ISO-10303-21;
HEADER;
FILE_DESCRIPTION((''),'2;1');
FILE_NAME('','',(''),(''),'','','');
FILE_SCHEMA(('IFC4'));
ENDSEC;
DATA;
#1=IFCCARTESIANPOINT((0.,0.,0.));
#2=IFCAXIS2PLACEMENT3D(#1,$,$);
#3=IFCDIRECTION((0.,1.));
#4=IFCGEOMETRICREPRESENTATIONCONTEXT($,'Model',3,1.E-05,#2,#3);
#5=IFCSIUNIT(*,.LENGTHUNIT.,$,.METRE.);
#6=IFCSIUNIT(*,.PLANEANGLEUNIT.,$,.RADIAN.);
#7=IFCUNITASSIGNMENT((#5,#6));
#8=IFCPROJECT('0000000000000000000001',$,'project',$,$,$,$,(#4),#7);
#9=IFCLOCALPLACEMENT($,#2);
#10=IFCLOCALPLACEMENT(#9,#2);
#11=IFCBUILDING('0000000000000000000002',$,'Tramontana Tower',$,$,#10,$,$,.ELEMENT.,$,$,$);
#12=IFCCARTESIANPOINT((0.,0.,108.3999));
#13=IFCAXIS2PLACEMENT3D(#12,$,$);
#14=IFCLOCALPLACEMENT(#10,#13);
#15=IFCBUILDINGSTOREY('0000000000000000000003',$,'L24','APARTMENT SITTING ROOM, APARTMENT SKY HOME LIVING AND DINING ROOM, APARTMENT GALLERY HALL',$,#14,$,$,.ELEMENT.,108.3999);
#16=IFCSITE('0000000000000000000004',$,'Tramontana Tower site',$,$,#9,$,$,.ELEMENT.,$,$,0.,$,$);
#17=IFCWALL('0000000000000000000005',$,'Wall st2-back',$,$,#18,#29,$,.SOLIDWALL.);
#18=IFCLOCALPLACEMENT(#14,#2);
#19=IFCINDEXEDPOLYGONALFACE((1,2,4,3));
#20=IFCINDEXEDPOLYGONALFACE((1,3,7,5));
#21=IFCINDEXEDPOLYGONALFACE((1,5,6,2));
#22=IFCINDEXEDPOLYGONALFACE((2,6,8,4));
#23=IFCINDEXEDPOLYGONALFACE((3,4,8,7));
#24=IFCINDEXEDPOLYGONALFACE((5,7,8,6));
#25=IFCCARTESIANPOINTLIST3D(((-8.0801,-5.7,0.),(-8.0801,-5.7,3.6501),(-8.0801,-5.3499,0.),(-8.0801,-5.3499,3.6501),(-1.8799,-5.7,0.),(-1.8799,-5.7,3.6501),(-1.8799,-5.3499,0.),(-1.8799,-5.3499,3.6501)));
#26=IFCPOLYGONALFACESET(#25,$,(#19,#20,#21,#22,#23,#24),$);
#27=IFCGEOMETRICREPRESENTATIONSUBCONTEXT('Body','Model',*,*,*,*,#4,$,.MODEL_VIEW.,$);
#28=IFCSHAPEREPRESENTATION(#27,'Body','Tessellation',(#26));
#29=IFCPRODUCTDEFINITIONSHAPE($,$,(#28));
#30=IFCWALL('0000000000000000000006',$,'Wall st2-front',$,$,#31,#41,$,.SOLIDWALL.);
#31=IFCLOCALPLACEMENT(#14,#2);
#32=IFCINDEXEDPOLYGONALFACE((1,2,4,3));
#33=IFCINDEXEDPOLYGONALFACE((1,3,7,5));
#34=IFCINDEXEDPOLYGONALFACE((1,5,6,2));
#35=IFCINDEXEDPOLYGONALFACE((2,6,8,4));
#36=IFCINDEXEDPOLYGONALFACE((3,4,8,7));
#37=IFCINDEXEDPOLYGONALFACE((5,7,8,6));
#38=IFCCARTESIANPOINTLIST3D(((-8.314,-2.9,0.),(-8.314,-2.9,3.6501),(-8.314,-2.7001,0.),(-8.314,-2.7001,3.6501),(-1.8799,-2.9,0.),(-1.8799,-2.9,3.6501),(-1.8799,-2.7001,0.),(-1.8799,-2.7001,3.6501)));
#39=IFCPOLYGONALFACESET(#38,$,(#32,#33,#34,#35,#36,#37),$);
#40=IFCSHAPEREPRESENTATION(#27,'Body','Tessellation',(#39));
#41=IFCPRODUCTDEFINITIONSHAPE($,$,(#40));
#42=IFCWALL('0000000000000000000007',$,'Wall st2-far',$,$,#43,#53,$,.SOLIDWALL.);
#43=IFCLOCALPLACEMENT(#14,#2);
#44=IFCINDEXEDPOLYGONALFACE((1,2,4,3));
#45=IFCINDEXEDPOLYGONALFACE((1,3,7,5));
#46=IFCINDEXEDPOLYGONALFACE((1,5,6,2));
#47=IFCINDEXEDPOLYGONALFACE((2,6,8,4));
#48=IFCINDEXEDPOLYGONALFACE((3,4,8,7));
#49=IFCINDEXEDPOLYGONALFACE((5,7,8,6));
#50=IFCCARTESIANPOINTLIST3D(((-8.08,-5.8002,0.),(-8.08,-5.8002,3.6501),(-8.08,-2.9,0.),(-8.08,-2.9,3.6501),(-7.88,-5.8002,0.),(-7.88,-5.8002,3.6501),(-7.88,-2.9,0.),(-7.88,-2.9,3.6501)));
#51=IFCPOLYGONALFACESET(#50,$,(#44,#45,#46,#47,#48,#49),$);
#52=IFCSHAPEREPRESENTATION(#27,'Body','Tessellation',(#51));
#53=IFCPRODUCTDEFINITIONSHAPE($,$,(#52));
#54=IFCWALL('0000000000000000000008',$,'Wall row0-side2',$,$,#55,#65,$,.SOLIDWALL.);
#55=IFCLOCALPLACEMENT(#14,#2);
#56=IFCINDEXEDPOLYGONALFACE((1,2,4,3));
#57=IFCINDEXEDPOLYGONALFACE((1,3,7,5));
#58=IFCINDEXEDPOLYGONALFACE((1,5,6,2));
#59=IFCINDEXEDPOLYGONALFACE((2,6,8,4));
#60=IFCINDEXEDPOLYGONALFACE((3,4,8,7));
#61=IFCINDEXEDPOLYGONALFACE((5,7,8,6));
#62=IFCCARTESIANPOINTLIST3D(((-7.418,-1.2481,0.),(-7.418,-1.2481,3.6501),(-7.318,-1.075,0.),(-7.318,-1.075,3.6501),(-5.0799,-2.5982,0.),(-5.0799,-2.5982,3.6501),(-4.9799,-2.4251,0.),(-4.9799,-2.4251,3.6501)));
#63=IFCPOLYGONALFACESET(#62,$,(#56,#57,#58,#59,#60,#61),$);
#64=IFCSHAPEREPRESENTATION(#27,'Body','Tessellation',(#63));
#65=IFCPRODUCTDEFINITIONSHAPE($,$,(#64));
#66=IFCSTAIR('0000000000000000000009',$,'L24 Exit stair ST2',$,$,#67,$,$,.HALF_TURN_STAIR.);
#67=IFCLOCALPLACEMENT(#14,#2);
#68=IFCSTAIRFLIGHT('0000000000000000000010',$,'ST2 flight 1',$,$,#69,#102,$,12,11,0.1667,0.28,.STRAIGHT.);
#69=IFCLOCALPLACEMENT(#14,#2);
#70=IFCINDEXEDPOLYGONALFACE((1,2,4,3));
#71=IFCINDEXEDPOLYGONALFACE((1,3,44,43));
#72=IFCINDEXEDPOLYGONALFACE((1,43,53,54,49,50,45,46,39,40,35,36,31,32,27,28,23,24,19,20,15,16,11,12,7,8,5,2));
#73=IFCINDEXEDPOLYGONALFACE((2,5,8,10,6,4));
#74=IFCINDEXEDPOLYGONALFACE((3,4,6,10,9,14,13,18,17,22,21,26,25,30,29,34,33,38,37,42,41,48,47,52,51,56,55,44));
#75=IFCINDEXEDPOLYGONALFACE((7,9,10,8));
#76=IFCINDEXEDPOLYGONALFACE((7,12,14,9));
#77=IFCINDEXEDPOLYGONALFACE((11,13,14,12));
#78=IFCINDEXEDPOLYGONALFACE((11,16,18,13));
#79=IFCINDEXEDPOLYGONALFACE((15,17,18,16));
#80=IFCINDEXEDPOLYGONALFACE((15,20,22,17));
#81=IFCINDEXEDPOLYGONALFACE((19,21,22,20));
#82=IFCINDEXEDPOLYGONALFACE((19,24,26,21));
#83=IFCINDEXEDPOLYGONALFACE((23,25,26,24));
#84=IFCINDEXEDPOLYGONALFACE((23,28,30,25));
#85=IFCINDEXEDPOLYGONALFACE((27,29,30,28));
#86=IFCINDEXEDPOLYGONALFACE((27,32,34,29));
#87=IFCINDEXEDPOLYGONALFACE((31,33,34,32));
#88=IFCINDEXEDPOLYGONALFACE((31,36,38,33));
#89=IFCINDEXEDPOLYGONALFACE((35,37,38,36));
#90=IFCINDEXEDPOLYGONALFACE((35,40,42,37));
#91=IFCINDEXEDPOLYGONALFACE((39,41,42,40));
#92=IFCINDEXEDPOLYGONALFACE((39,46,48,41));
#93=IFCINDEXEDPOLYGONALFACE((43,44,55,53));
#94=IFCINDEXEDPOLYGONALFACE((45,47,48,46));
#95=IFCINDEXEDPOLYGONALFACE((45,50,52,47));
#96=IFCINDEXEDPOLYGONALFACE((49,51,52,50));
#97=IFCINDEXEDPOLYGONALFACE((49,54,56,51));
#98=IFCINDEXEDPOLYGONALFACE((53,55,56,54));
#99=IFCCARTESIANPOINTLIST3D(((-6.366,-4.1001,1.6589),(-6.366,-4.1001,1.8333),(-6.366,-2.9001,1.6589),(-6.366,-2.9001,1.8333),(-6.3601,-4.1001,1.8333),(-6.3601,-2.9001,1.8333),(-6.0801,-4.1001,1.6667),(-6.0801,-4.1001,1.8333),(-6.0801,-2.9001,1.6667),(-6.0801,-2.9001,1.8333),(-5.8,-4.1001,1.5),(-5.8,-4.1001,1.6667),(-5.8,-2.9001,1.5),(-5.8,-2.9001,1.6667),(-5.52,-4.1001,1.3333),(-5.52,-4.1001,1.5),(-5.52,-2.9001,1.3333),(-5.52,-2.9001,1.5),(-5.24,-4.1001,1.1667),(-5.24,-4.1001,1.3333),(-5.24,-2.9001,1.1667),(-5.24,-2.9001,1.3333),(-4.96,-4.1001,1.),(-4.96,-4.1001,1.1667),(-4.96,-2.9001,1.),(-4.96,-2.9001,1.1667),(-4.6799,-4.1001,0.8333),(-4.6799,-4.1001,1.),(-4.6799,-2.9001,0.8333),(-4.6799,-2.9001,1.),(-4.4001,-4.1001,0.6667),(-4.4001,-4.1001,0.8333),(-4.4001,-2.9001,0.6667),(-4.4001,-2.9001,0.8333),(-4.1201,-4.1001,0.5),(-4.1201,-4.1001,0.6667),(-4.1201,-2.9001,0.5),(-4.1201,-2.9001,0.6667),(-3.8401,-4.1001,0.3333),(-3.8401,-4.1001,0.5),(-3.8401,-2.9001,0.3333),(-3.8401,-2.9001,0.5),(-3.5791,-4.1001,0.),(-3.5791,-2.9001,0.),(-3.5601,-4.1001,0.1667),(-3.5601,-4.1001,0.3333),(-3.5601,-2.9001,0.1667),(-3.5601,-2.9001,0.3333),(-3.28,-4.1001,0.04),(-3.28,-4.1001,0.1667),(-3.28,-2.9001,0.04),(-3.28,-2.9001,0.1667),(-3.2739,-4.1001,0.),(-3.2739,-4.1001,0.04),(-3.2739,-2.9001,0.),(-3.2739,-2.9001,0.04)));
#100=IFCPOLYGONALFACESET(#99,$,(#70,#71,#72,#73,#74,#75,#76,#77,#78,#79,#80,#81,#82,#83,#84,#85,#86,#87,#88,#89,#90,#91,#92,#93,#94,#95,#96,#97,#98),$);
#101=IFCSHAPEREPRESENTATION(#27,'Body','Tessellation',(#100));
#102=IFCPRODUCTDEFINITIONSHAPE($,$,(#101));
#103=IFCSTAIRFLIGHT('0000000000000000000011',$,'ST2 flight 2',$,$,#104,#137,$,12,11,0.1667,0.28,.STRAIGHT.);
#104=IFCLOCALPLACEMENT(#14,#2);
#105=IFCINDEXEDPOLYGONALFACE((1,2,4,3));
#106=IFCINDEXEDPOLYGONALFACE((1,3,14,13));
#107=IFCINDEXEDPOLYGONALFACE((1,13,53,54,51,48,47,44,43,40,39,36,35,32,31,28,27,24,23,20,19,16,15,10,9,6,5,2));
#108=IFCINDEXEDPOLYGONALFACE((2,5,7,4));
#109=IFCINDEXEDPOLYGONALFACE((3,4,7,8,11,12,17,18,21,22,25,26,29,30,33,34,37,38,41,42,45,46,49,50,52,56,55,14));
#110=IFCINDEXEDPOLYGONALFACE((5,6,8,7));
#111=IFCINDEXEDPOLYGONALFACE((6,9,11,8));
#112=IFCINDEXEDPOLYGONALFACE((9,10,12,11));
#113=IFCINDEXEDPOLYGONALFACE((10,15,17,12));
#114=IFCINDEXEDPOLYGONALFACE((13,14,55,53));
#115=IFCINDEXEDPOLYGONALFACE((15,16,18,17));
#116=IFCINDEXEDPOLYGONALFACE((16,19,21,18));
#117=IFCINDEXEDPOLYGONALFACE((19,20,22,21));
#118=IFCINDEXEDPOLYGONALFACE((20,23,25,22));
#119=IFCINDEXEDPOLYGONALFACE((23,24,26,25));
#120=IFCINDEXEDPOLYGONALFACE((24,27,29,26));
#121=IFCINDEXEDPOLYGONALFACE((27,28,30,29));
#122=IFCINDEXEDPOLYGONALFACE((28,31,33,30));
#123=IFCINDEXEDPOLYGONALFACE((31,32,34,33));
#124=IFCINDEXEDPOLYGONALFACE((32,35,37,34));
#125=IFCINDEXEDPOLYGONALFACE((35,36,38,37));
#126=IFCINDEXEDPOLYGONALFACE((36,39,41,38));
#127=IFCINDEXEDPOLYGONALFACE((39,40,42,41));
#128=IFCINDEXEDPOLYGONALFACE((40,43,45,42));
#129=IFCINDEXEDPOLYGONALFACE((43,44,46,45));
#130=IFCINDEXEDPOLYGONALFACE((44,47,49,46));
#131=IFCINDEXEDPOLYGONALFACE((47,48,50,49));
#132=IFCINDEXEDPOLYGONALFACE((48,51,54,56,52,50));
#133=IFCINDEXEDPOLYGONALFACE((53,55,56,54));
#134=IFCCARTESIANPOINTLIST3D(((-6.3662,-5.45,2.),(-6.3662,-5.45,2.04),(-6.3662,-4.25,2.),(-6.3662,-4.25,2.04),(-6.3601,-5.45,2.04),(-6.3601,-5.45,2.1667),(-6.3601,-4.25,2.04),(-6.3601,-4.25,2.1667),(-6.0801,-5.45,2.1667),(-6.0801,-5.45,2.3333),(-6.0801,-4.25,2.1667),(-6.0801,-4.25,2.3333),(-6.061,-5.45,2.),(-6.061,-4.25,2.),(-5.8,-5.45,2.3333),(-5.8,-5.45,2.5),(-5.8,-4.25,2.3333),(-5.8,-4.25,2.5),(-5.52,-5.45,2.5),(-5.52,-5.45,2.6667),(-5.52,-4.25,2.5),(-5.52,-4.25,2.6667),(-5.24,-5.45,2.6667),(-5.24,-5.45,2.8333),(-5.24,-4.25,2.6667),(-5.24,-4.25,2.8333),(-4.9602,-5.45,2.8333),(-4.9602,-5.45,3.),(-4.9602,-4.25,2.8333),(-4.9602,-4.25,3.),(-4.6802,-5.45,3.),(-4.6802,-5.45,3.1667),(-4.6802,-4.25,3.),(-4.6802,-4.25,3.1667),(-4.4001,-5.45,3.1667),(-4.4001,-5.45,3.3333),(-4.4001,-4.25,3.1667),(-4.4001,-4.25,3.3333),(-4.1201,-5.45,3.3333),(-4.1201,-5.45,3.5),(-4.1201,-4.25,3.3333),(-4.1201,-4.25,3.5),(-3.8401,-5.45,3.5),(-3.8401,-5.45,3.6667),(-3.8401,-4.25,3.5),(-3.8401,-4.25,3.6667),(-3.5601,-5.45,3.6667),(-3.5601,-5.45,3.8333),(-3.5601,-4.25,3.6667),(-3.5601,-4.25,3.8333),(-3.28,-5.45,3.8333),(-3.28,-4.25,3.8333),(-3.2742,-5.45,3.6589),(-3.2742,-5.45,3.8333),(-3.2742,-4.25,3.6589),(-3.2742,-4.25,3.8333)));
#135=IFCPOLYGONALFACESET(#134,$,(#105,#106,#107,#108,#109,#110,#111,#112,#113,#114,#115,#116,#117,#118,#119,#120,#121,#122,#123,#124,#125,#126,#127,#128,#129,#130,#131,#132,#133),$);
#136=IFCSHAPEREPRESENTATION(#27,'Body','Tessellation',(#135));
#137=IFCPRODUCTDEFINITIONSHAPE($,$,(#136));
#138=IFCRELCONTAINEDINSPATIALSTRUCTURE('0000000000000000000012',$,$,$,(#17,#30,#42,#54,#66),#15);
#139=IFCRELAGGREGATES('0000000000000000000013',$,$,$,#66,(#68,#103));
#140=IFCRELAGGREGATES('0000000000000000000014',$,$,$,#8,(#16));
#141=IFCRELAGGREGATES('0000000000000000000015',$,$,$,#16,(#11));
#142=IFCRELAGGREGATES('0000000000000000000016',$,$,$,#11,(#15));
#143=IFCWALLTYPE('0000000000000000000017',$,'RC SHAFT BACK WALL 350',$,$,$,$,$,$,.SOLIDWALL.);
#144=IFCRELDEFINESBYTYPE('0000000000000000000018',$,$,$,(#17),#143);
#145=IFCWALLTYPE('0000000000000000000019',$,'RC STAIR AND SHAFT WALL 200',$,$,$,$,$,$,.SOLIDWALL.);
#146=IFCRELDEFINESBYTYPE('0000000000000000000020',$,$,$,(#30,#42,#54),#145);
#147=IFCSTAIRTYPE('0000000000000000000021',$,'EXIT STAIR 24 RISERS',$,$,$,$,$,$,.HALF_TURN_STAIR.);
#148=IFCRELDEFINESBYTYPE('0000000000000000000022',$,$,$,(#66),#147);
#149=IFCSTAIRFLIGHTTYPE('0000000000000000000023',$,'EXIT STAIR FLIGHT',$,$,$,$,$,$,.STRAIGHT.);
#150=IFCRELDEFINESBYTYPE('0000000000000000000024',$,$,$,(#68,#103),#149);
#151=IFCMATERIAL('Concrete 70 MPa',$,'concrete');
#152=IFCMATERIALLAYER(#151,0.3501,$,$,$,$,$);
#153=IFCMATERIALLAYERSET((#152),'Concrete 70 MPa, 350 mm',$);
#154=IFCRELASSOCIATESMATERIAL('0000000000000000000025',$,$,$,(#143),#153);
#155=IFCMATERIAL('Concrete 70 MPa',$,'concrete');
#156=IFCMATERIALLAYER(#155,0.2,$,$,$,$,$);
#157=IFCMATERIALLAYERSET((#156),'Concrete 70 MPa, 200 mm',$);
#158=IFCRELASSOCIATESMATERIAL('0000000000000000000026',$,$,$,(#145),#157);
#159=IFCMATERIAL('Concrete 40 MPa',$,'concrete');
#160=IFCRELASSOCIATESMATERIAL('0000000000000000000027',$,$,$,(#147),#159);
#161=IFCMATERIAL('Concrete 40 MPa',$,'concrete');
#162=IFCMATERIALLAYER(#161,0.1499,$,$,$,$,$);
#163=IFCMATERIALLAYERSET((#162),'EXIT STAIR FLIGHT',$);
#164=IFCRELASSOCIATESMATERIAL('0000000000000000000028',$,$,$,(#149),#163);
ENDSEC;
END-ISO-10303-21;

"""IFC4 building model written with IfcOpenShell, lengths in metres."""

from ifc_helpers import new_model, si_unit, direction, frame, frame_2d, origin, place, context, subcontext, project, spatial, polyline, rectangle, outline, extrude, material, layer, layer_set, type_object, element, aggregate, save


model = new_model("IFC4")

# Units and contexts
model_context = context("Model", 3, precision=1e-05, world=origin(), true_north=direction((0.0, 1.0)))
body_context = subcontext(model_context, "Body", "Model", "MODEL_VIEW")
ifc_project = project(units=[si_unit("LENGTHUNIT", "METRE"), si_unit("PLANEANGLEUNIT", "RADIAN")], contexts=[model_context])

# Site, building, storey
site_placement = place(None, origin())
site = spatial("IfcSite", under=ifc_project, at=site_placement, Name="Tramontana Tower site", CompositionType="ELEMENT", RefElevation=0.0)
building_placement = place(site_placement, origin())
building = spatial("IfcBuilding", under=site, at=building_placement, Name="Tramontana Tower", CompositionType="ELEMENT")
storey_placement = place(building_placement, frame((0.0, 0.0, 108.3999)))
storey = spatial("IfcBuildingStorey", under=building, at=storey_placement, Name="L24", Description="APARTMENT SITTING ROOM, APARTMENT SKY HOME LIVING AND DINING ROOM, APARTMENT GALLERY HALL", CompositionType="ELEMENT", Elevation=108.3999)

# Walls
ifc_material_1 = material(Name="Concrete 70 MPa", Category="concrete")
ifc_layer_1 = layer(ifc_material_1, 0.3501)
ifc_layer_set_1 = layer_set([ifc_layer_1], Name="Concrete 70 MPa, 350 mm")
wall_type_1 = type_object("IfcWallType", Name="RC SHAFT BACK WALL 350", PredefinedType="SOLIDWALL", material=ifc_layer_set_1)
wall_1_placement = place(storey_placement, frame((-8.0801, -5.5249, 0.0), z_axis=(0.0, 0.0, 1.0), x_axis=(1.0, 0.0, 0.0)))
element("IfcWall", 1, at=wall_1_placement, inside=storey, type_object=wall_type_1, Name="Wall st2-back", PredefinedType="SOLIDWALL", context=body_context, shape_type="SweptSolid", body=[
    extrude(rectangle(XDim=6.2002, YDim=0.3501, at=frame_2d((3.1001, 0.0))), origin(), (0.0, 0.0, 1.0), 3.6501),
])
ifc_material_2 = material(Name="Concrete 70 MPa", Category="concrete")
ifc_layer_2 = layer(ifc_material_2, 0.2)
ifc_layer_set_2 = layer_set([ifc_layer_2], Name="Concrete 70 MPa, 200 mm")
wall_type_2 = type_object("IfcWallType", Name="RC STAIR AND SHAFT WALL 200", PredefinedType="SOLIDWALL", material=ifc_layer_set_2)
wall_2_placement = place(storey_placement, frame((-8.314, -2.8, 0.0), z_axis=(0.0, 0.0, 1.0), x_axis=(1.0, 0.0, 0.0)))
element("IfcWall", 2, at=wall_2_placement, inside=storey, type_object=wall_type_2, Name="Wall st2-front", PredefinedType="SOLIDWALL", context=body_context, shape_type="SweptSolid", body=[
    extrude(rectangle(XDim=6.4341, YDim=0.2, at=frame_2d((3.217, 0.0))), origin(), (0.0, 0.0, 1.0), 3.6501),
])
wall_3_placement = place(storey_placement, frame((-7.98, -2.8999, 0.0), z_axis=(0.0, 0.0, 1.0), x_axis=(0.0, -1.0, 0.0)))
element("IfcWall", 3, at=wall_3_placement, inside=storey, type_object=wall_type_2, Name="Wall st2-far", PredefinedType="SOLIDWALL", context=body_context, shape_type="SweptSolid", body=[
    extrude(rectangle(XDim=2.9001, YDim=0.2, at=frame_2d((1.4502, 0.0))), origin(), (0.0, 0.0, 1.0), 3.6501),
])

# Wall
wall_4_placement = place(storey_placement, frame((-5.0298, -2.5117, 0.0), z_axis=(0.0, 0.0, 1.0), x_axis=(-0.865997, 0.500049, 0.0)))
element("IfcWall", 4, at=wall_4_placement, inside=storey, type_object=wall_type_2, Name="Wall row0-side2", PredefinedType="SOLIDWALL", context=body_context, shape_type="SweptSolid", body=[
    extrude(rectangle(XDim=2.7, YDim=0.2, at=frame_2d((1.3501, 0.0))), origin(), (0.0, 0.0, 1.0), 3.6501),
])

# Stair, stair flights
ifc_material_3 = material(Name="Concrete 40 MPa", Category="concrete")
stair_type = type_object("IfcStairType", Name="EXIT STAIR 24 RISERS", PredefinedType="HALF_TURN_STAIR", material=ifc_material_3)
stair_placement = place(storey_placement, origin())
stair = element("IfcStair", 5, at=stair_placement, inside=storey, type_object=stair_type, Name="L24 Exit stair ST2", PredefinedType="HALF_TURN_STAIR")
ifc_material_4 = material(Name="Concrete 40 MPa", Category="concrete")
ifc_layer_3 = layer(ifc_material_4, 0.1499)
ifc_layer_set_3 = layer_set([ifc_layer_3], Name="EXIT STAIR FLIGHT")
stair_flight_type = type_object("IfcStairFlightType", Name="EXIT STAIR FLIGHT", PredefinedType="STRAIGHT", material=ifc_layer_set_3)
stair_flight_1_placement = place(storey_placement, frame((-3.28, -3.5, 0.0), z_axis=(0.0, 0.0, 1.0), x_axis=(-1.0, 0.0, 0.0)))
stair_flight_1 = element("IfcStairFlight", 6, at=stair_flight_1_placement, type_object=stair_flight_type, Name="ST2 flight 1", NumberOfRisers=12, NumberOfTreads=11, PredefinedType="STRAIGHT", RiserHeight=0.1667, TreadLength=0.28, context=body_context, shape_type="SweptSolid", body=[
    extrude(outline(polyline([(-0.0061, 0.0), (-0.0061, 0.04), (0.0, 0.04), (0.0, 0.1667), (0.28, 0.1667), (0.28, 0.3333), (0.5601, 0.3333), (0.5601, 0.5), (0.8401, 0.5), (0.8401, 0.6667), (1.1201, 0.6667), (1.1201, 0.8333), (1.3999, 0.8333), (1.3999, 1.0), (1.6799, 1.0), (1.6799, 1.1667), (1.96, 1.1667), (1.96, 1.3333), (2.24, 1.3333), (2.24, 1.5), (2.52, 1.5), (2.52, 1.6667), (2.8, 1.6667), (2.8, 1.8333), (3.0801, 1.8333), (3.0859, 1.8333), (3.0859, 1.6589), (0.2991, 0.0), (-0.0061, 0.0)])), frame((0.0, 0.6001, 0.0), z_axis=(0.0, -1.0, 0.0), x_axis=(1.0, 0.0, 0.0)), (0.0, 0.0, 1.0), 1.2),
])
stair_flight_2_placement = place(storey_placement, frame((-6.3601, -4.8501, 2.0), z_axis=(0.0, 0.0, 1.0), x_axis=(1.0, 0.0, 0.0)))
stair_flight_2 = element("IfcStairFlight", 7, at=stair_flight_2_placement, type_object=stair_flight_type, Name="ST2 flight 2", NumberOfRisers=12, NumberOfTreads=11, PredefinedType="STRAIGHT", RiserHeight=0.1667, TreadLength=0.28, context=body_context, shape_type="SweptSolid", body=[
    extrude(outline(polyline([(-0.0061, 0.0), (-0.0061, 0.04), (0.0, 0.04), (0.0, 0.1667), (0.28, 0.1667), (0.28, 0.3333), (0.5601, 0.3333), (0.5601, 0.5), (0.8401, 0.5), (0.8401, 0.6667), (1.1201, 0.6667), (1.1201, 0.8333), (1.3999, 0.8333), (1.3999, 1.0), (1.6799, 1.0), (1.6799, 1.1667), (1.96, 1.1667), (1.96, 1.3333), (2.24, 1.3333), (2.24, 1.5), (2.52, 1.5), (2.52, 1.6667), (2.8, 1.6667), (2.8, 1.8333), (3.0801, 1.8333), (3.0859, 1.8333), (3.0859, 1.6589), (0.2991, 0.0), (-0.0061, 0.0)])), frame((0.0, 0.6001, 0.0), z_axis=(0.0, -1.0, 0.0), x_axis=(1.0, 0.0, 0.0)), (0.0, 0.0, 1.0), 1.2),
])
aggregate(stair, [stair_flight_1, stair_flight_2])

save(model, "model.ifc")
